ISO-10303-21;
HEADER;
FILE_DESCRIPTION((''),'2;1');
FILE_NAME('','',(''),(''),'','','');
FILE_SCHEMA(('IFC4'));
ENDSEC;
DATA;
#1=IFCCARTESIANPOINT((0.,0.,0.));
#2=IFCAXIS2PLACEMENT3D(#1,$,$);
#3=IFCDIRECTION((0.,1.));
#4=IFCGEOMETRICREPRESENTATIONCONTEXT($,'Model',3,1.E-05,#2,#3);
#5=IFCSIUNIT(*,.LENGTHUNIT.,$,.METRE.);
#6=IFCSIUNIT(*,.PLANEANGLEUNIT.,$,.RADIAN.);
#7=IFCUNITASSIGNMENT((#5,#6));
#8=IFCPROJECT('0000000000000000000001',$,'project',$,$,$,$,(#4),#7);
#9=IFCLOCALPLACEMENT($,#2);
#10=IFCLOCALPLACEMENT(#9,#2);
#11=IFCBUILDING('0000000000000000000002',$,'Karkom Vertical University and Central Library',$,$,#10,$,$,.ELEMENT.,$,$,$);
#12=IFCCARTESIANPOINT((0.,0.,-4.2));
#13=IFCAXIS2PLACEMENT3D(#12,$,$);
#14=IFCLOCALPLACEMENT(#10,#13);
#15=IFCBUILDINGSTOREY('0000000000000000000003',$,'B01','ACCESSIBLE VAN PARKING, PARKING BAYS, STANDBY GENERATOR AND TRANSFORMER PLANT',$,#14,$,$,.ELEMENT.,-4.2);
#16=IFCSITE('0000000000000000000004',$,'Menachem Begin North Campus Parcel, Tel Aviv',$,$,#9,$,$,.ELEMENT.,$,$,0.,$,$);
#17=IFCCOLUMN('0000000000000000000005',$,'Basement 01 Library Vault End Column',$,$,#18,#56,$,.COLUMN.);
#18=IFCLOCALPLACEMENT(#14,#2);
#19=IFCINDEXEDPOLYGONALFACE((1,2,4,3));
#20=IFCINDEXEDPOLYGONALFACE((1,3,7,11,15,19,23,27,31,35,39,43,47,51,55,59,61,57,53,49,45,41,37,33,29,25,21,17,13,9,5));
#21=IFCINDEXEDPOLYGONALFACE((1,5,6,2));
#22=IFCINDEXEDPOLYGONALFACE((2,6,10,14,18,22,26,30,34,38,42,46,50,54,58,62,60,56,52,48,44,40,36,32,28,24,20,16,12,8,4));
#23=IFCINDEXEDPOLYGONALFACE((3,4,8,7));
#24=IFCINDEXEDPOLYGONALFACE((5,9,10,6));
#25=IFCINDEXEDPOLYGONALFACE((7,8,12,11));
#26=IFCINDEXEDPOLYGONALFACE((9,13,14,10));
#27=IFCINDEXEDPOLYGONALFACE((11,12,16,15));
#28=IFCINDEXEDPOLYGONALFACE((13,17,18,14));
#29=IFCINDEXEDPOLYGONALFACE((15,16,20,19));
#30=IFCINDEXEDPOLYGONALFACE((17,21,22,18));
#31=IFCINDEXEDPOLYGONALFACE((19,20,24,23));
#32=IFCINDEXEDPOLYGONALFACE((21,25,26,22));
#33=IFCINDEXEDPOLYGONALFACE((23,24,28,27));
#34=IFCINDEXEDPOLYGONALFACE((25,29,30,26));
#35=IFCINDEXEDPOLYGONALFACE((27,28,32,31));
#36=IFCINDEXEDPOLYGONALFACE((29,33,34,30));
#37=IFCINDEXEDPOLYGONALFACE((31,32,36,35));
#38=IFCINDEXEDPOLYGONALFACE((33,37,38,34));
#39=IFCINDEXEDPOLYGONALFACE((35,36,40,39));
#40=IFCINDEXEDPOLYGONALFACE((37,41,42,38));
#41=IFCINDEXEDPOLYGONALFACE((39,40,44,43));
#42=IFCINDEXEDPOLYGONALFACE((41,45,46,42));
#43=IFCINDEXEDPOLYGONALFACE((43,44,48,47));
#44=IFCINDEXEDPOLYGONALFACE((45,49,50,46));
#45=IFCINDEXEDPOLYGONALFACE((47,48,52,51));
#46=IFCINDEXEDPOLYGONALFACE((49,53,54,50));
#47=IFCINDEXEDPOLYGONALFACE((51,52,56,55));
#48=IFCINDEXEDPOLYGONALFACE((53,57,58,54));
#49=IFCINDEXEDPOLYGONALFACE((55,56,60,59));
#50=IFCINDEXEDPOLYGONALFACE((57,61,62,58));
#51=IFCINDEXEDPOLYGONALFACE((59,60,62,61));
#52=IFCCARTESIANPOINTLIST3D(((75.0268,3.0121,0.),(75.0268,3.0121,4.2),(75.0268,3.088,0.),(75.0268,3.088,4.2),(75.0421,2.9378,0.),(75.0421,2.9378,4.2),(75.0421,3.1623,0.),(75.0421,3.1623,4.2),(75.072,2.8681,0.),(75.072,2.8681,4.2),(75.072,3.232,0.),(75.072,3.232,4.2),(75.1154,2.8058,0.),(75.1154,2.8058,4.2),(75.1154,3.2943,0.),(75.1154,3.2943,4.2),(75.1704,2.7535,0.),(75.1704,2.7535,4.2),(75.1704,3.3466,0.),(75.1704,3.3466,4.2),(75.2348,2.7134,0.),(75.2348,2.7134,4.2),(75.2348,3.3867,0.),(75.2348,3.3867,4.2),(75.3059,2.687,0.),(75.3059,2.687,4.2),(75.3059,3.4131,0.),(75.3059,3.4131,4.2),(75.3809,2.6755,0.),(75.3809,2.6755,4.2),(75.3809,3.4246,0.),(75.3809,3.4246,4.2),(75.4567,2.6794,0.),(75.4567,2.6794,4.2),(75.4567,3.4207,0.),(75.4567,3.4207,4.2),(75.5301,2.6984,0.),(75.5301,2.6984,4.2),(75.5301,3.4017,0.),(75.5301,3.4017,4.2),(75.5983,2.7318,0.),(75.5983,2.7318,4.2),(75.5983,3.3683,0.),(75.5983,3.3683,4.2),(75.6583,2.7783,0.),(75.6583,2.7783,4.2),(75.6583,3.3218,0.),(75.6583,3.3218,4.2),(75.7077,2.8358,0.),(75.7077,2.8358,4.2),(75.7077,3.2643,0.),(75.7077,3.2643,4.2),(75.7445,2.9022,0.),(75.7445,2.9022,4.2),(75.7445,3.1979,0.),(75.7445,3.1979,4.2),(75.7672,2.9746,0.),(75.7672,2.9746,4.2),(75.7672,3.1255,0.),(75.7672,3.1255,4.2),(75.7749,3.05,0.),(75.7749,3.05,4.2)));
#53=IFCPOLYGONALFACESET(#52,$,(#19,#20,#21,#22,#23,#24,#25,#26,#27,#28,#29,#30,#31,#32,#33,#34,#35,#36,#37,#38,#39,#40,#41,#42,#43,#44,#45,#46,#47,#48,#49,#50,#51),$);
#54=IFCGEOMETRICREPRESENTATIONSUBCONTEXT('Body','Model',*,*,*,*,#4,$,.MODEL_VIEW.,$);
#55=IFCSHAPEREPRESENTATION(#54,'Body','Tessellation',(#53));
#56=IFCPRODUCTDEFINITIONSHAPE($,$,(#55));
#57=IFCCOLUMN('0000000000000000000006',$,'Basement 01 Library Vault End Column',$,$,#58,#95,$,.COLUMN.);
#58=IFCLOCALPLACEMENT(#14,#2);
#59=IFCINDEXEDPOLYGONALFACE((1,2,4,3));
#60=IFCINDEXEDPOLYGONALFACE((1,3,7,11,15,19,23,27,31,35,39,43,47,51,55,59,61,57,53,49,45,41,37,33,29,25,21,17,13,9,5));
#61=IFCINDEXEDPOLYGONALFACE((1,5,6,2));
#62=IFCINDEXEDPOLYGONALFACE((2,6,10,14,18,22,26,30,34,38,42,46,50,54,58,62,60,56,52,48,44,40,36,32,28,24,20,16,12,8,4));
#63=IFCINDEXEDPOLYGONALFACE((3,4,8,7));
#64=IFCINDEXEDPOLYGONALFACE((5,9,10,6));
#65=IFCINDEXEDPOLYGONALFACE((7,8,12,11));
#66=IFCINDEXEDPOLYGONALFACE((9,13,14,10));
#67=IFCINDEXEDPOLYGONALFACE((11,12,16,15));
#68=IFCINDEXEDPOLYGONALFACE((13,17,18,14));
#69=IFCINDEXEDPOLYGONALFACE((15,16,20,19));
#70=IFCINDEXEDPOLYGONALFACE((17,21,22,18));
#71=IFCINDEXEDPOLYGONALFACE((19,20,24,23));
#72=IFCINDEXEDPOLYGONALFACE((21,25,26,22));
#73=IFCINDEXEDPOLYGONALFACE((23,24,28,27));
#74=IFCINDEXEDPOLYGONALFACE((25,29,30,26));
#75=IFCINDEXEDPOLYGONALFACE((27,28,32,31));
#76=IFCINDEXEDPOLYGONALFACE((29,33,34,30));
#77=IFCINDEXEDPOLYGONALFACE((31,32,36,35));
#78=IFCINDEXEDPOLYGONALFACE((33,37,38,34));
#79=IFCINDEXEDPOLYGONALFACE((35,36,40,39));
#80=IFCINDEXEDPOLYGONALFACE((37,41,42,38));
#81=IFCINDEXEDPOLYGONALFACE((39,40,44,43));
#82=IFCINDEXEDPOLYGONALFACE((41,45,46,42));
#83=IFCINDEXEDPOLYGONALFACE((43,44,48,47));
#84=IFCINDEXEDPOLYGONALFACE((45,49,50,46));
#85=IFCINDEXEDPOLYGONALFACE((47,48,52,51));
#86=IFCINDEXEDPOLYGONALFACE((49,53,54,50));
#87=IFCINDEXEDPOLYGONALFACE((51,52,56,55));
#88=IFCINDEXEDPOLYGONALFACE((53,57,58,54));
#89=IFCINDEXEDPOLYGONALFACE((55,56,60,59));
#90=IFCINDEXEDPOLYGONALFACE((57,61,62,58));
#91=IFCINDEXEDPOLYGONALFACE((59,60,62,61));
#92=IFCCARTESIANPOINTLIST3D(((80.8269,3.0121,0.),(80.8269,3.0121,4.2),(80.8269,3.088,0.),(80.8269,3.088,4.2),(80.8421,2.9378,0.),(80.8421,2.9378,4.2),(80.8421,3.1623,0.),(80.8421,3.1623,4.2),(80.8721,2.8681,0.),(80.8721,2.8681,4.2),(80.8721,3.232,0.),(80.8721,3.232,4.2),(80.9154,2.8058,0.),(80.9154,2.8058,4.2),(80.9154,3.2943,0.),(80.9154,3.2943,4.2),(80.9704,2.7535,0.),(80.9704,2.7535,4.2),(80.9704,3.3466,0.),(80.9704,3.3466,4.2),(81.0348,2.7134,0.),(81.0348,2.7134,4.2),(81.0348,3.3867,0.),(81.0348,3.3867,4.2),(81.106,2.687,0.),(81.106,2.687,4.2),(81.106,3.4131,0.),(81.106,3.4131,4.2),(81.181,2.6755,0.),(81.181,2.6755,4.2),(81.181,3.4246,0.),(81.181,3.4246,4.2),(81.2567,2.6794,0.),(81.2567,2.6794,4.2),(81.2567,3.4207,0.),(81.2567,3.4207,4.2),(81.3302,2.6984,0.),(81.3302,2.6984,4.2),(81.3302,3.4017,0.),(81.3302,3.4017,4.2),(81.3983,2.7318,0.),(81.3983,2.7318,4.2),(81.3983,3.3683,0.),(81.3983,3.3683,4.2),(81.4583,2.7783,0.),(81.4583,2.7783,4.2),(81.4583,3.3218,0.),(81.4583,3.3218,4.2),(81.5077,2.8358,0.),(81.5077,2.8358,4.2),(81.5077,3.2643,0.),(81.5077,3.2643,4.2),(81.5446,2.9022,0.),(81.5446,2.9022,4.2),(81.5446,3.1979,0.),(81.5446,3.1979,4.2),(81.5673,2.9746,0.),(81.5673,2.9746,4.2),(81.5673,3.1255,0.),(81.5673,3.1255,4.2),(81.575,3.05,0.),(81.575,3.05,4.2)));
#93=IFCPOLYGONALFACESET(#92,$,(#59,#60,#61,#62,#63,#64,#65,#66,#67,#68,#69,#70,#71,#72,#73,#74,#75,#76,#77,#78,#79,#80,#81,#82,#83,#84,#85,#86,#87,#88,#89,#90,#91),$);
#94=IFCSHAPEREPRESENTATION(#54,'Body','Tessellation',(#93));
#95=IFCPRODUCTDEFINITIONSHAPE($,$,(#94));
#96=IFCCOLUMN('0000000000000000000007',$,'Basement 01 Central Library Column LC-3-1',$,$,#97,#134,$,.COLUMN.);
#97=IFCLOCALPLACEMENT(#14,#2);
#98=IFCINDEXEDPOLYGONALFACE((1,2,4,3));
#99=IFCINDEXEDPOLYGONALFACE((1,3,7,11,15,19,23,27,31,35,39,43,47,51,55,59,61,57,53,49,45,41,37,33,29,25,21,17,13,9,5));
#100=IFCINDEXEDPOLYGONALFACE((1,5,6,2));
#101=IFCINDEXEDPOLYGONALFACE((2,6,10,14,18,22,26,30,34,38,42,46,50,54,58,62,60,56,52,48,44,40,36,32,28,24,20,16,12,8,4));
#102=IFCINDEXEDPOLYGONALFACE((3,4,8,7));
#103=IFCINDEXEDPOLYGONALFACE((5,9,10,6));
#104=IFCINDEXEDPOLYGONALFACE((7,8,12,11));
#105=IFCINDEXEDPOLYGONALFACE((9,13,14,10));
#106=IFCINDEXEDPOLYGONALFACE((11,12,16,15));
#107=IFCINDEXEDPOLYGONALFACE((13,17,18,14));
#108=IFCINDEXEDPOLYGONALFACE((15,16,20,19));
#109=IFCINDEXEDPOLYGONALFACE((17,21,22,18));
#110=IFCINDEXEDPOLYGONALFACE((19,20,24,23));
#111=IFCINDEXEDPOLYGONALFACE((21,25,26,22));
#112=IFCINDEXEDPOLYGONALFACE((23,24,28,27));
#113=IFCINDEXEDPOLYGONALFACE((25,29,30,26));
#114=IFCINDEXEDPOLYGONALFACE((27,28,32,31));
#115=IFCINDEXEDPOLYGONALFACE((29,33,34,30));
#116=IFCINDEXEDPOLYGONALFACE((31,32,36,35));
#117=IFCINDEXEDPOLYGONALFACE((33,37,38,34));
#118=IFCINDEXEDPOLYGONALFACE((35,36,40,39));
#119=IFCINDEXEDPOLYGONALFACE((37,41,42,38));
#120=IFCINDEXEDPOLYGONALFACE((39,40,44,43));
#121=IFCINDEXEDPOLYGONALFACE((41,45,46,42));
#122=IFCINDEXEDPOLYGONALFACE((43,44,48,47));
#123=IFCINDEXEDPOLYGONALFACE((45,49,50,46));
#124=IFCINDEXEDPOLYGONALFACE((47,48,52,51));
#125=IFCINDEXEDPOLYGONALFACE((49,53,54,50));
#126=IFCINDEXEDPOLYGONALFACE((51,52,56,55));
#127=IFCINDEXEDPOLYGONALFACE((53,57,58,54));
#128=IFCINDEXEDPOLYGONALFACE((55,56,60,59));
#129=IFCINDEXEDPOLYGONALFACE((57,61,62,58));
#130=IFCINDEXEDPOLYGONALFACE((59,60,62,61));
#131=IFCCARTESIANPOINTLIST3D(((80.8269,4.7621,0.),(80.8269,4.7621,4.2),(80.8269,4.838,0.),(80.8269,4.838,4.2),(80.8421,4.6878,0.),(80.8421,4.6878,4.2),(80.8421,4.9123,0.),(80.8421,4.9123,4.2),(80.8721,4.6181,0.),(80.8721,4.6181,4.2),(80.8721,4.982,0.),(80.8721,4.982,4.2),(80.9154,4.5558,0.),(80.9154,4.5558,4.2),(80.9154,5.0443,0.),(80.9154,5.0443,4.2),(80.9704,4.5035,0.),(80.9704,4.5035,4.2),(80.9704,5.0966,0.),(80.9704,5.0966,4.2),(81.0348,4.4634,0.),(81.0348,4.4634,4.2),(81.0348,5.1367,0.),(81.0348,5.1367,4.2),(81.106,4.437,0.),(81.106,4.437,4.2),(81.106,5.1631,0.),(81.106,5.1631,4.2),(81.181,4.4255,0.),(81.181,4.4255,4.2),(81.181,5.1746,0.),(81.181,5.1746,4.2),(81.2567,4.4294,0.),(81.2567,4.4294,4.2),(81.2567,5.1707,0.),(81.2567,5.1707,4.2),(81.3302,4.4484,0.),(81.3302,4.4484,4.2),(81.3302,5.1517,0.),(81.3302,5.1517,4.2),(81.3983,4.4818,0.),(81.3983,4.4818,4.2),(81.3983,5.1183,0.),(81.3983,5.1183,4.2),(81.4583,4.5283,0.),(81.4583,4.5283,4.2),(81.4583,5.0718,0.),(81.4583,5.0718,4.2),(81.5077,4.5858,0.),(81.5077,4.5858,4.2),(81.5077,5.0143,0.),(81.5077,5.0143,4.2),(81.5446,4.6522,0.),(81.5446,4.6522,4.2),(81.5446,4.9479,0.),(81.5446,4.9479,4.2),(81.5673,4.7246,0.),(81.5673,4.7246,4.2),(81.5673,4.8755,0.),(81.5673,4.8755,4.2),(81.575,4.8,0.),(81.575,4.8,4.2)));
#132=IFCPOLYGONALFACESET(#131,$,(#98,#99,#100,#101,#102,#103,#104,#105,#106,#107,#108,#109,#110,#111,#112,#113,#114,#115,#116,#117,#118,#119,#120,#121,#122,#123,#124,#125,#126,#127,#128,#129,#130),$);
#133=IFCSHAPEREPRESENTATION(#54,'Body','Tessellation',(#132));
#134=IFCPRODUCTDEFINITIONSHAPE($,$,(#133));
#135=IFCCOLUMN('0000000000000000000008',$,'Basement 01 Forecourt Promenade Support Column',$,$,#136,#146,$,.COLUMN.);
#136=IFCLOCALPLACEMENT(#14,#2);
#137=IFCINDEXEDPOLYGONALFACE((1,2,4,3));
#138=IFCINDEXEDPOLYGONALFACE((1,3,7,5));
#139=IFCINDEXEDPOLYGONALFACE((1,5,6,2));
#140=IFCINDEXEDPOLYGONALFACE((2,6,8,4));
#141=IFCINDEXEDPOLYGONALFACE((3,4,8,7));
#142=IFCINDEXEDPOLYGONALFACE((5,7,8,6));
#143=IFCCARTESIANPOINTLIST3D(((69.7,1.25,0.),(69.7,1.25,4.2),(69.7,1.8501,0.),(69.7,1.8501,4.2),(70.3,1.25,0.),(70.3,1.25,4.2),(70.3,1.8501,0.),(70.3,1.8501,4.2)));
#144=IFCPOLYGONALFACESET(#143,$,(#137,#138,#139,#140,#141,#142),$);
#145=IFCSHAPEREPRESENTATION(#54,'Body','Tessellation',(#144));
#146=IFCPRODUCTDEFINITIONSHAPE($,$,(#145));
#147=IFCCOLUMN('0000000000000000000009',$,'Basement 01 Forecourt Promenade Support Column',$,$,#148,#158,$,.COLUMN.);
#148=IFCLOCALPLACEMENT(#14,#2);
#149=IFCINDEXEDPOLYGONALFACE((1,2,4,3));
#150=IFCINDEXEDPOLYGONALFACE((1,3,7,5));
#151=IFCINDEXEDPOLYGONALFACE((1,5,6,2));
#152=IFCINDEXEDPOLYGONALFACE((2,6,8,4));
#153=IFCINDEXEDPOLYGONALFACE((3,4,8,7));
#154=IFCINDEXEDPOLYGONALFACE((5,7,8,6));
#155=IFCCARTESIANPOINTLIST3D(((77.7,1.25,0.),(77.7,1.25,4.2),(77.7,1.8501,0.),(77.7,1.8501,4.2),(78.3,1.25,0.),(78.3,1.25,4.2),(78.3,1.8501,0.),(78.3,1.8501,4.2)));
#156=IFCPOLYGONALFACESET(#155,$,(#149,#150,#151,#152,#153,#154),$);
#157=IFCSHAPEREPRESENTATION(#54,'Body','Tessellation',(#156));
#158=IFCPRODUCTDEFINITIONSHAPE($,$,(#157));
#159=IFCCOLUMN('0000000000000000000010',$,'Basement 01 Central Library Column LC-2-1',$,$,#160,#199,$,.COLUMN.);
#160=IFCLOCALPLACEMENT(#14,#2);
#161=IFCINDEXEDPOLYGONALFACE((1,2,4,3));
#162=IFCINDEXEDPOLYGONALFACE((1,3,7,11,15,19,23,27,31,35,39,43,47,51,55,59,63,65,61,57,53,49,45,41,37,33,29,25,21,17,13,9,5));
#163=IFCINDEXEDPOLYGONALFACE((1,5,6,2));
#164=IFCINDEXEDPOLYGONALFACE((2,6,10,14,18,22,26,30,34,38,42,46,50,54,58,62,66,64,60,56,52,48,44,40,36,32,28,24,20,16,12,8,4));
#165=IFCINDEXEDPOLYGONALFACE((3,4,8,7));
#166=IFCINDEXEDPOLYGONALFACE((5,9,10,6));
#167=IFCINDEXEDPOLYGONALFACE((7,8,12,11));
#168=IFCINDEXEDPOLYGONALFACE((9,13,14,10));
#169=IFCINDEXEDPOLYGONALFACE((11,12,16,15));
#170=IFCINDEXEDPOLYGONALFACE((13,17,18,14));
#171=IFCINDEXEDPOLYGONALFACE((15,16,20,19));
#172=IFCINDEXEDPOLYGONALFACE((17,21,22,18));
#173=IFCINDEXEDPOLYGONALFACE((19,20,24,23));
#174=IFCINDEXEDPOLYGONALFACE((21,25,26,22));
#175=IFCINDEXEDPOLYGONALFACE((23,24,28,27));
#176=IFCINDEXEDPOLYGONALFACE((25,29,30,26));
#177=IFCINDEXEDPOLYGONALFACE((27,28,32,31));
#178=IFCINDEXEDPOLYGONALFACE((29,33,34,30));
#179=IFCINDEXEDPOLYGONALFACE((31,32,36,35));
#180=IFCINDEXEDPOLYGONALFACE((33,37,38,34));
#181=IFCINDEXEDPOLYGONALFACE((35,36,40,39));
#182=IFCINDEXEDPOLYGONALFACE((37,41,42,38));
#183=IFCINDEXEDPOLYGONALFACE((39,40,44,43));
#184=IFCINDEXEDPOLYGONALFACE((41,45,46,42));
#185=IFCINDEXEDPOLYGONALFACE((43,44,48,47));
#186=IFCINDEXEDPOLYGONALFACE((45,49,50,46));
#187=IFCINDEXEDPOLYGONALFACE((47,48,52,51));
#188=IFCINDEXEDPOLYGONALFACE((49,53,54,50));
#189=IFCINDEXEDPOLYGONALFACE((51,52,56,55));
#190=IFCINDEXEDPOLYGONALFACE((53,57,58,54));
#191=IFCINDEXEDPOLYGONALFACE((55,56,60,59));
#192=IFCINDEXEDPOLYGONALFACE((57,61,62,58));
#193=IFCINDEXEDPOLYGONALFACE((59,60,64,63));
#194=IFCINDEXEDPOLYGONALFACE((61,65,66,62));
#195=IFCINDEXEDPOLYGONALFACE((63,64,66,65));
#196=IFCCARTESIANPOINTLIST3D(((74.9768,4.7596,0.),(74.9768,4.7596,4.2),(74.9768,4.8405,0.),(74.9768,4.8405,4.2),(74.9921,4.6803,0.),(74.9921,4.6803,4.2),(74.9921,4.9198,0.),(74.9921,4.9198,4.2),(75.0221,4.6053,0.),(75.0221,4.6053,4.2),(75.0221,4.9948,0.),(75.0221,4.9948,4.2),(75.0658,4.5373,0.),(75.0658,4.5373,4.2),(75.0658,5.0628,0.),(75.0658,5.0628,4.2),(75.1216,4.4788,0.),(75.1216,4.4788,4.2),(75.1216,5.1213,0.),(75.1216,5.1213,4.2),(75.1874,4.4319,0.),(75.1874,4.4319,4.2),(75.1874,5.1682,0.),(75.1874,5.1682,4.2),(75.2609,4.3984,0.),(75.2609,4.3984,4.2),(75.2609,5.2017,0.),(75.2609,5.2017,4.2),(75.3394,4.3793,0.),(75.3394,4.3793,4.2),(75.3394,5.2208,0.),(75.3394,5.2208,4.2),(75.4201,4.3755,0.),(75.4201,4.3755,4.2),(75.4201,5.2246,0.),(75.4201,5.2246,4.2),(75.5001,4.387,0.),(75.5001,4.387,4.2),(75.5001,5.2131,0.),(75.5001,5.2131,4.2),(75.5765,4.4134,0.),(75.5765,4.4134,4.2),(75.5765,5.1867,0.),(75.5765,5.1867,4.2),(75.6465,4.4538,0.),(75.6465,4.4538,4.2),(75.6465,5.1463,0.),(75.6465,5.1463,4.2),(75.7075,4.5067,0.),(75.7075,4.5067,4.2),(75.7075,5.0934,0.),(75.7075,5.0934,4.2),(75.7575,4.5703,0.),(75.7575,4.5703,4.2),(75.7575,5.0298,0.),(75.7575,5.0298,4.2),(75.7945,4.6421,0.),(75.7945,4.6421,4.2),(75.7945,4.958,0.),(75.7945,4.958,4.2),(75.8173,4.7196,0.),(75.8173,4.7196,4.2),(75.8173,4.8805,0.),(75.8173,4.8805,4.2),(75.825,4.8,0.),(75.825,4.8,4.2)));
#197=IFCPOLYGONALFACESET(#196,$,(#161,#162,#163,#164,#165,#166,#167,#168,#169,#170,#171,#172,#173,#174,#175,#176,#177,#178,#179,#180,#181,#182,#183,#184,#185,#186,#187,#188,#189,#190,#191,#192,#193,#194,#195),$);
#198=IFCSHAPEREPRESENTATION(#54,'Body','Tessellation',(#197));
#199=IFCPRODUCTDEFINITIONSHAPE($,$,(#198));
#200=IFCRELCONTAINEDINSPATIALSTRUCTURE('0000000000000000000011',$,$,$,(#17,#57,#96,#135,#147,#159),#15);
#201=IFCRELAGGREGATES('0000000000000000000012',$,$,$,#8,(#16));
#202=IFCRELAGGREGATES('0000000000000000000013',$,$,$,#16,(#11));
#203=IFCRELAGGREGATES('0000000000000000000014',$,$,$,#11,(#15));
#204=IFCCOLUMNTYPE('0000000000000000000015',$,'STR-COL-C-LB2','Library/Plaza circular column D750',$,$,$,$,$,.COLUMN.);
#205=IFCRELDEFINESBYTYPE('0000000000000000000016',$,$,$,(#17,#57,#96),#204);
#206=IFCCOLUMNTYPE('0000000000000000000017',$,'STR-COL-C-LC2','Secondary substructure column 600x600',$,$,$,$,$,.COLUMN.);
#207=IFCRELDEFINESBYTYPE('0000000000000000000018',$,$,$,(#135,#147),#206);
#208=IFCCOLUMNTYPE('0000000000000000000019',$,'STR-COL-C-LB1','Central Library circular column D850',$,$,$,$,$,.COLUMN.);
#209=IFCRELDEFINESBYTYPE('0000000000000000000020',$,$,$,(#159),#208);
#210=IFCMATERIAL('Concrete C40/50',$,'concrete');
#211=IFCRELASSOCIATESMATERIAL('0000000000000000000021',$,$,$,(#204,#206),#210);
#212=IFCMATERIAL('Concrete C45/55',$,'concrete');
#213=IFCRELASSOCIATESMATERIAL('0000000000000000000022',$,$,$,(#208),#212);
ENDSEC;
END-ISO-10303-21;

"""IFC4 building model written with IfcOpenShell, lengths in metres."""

from ifc_helpers import new_model, si_unit, direction, frame, origin, origin_with_axes, origin_2d, place, context, subcontext, project, spatial, rectangle, circle, extrude, source, transform, mapped, material, material_profile, profile_set, type_object, element, save


model = new_model("IFC4")

# Units and contexts
model_context = context("Model", 3, precision=1e-05, world=origin(), true_north=direction((0.0, 1.0)))
body_context = subcontext(model_context, "Body", "Model", "MODEL_VIEW")
ifc_project = project(units=[si_unit("LENGTHUNIT", "METRE"), si_unit("PLANEANGLEUNIT", "RADIAN")], contexts=[model_context])

# Site, building, storey
site_placement = place(None, origin())
site = spatial("IfcSite", under=ifc_project, at=site_placement, Name="Menachem Begin North Campus Parcel, Tel Aviv", CompositionType="ELEMENT", RefElevation=0.0)
building_placement = place(site_placement, origin())
building = spatial("IfcBuilding", under=site, at=building_placement, Name="Karkom Vertical University and Central Library", CompositionType="ELEMENT")
storey_placement = place(building_placement, frame((0.0, 0.0, -4.2)))
storey = spatial("IfcBuildingStorey", under=building, at=storey_placement, Name="B01", Description="ACCESSIBLE VAN PARKING, PARKING BAYS, STANDBY GENERATOR AND TRANSFORMER PLANT", CompositionType="ELEMENT", Elevation=-4.2)

# Columns
ifc_material_1 = material(Name="Concrete C40/50", Category="concrete")
ifc_material_profile_1 = material_profile(ifc_material_1, circle(Radius=0.375, at=origin_2d()), Name="RC-D750")
ifc_profile_set_1 = profile_set([ifc_material_profile_1], Name="Concrete C40/50")
column_type_1 = type_object("IfcColumnType", Name="STR-COL-C-LB2", Description="Library/Plaza circular column D750", PredefinedType="COLUMN", material=ifc_profile_set_1)
shared_shape_1 = source(origin_with_axes(), body_context, "Body", "SweptSolid", [
    extrude(circle(Radius=0.375, at=origin_2d()), origin(), (0.0, 0.0, 1.0), 4.2),
])
for number, where, z_axis, x_axis, name in (
    (1, (75.3999, 3.05, 0.0), (0.0, 0.0, 1.0), (1.0, 0.0, 0.0), "Basement 01 Library Vault End Column"),
    (2, (81.2, 3.05, 0.0), (0.0, 0.0, 1.0), (1.0, 0.0, 0.0), "Basement 01 Library Vault End Column"),
    (3, (81.2, 4.8, 0.0), (0.0, 0.0, 1.0), (1.0, 0.0, 0.0), "Basement 01 Central Library Column LC-3-1"),
):
    element("IfcColumn", number, at=place(storey_placement, frame(where, z_axis=z_axis, x_axis=x_axis)), inside=storey, type_object=column_type_1, Name=name, PredefinedType="COLUMN", context=body_context, shape_type="MappedRepresentation", body=[
        mapped(shared_shape_1, transform((0.0, 0.0, 0.0), scale=1.0)),
    ])
ifc_material_profile_2 = material_profile(ifc_material_1, rectangle(XDim=0.6001, YDim=0.6001, at=origin_2d()), Name="RC-600x600")
ifc_profile_set_2 = profile_set([ifc_material_profile_2], Name="Concrete C40/50")
column_type_2 = type_object("IfcColumnType", Name="STR-COL-C-LC2", Description="Secondary substructure column 600x600", PredefinedType="COLUMN", material=ifc_profile_set_2)
shared_shape_2 = source(origin_with_axes(), body_context, "Body", "SweptSolid", [
    extrude(rectangle(XDim=0.6001, YDim=0.6001, at=origin_2d()), origin(), (0.0, 0.0, 1.0), 4.2),
])
for number, where, z_axis, x_axis, name in (
    (4, (70.0, 1.55, 0.0), (0.0, 0.0, 1.0), (1.0, 0.0, 0.0), "Basement 01 Forecourt Promenade Support Column"),
    (5, (78.0, 1.55, 0.0), (0.0, 0.0, 1.0), (1.0, 0.0, 0.0), "Basement 01 Forecourt Promenade Support Column"),
):
    element("IfcColumn", number, at=place(storey_placement, frame(where, z_axis=z_axis, x_axis=x_axis)), inside=storey, type_object=column_type_2, Name=name, PredefinedType="COLUMN", context=body_context, shape_type="MappedRepresentation", body=[
        mapped(shared_shape_2, transform((0.0, 0.0, 0.0), scale=1.0)),
    ])
ifc_material_2 = material(Name="Concrete C45/55", Category="concrete")
ifc_material_profile_3 = material_profile(ifc_material_2, circle(Radius=0.425, at=origin_2d()), Name="RC-D850")
ifc_profile_set_3 = profile_set([ifc_material_profile_3], Name="Concrete C45/55")
column_type_3 = type_object("IfcColumnType", Name="STR-COL-C-LB1", Description="Central Library circular column D850", PredefinedType="COLUMN", material=ifc_profile_set_3)
shared_shape_3 = source(origin_with_axes(), body_context, "Body", "SweptSolid", [
    extrude(circle(Radius=0.425, at=origin_2d()), origin(), (0.0, 0.0, 1.0), 4.2),
])
column_placement = place(storey_placement, frame((75.3999, 4.8, 0.0), z_axis=(0.0, 0.0, 1.0), x_axis=(1.0, 0.0, 0.0)))
element("IfcColumn", 6, at=column_placement, inside=storey, type_object=column_type_3, Name="Basement 01 Central Library Column LC-2-1", PredefinedType="COLUMN", context=body_context, shape_type="MappedRepresentation", body=[
    mapped(shared_shape_3, transform((0.0, 0.0, 0.0), scale=1.0)),
])

save(model, "model.ifc")
